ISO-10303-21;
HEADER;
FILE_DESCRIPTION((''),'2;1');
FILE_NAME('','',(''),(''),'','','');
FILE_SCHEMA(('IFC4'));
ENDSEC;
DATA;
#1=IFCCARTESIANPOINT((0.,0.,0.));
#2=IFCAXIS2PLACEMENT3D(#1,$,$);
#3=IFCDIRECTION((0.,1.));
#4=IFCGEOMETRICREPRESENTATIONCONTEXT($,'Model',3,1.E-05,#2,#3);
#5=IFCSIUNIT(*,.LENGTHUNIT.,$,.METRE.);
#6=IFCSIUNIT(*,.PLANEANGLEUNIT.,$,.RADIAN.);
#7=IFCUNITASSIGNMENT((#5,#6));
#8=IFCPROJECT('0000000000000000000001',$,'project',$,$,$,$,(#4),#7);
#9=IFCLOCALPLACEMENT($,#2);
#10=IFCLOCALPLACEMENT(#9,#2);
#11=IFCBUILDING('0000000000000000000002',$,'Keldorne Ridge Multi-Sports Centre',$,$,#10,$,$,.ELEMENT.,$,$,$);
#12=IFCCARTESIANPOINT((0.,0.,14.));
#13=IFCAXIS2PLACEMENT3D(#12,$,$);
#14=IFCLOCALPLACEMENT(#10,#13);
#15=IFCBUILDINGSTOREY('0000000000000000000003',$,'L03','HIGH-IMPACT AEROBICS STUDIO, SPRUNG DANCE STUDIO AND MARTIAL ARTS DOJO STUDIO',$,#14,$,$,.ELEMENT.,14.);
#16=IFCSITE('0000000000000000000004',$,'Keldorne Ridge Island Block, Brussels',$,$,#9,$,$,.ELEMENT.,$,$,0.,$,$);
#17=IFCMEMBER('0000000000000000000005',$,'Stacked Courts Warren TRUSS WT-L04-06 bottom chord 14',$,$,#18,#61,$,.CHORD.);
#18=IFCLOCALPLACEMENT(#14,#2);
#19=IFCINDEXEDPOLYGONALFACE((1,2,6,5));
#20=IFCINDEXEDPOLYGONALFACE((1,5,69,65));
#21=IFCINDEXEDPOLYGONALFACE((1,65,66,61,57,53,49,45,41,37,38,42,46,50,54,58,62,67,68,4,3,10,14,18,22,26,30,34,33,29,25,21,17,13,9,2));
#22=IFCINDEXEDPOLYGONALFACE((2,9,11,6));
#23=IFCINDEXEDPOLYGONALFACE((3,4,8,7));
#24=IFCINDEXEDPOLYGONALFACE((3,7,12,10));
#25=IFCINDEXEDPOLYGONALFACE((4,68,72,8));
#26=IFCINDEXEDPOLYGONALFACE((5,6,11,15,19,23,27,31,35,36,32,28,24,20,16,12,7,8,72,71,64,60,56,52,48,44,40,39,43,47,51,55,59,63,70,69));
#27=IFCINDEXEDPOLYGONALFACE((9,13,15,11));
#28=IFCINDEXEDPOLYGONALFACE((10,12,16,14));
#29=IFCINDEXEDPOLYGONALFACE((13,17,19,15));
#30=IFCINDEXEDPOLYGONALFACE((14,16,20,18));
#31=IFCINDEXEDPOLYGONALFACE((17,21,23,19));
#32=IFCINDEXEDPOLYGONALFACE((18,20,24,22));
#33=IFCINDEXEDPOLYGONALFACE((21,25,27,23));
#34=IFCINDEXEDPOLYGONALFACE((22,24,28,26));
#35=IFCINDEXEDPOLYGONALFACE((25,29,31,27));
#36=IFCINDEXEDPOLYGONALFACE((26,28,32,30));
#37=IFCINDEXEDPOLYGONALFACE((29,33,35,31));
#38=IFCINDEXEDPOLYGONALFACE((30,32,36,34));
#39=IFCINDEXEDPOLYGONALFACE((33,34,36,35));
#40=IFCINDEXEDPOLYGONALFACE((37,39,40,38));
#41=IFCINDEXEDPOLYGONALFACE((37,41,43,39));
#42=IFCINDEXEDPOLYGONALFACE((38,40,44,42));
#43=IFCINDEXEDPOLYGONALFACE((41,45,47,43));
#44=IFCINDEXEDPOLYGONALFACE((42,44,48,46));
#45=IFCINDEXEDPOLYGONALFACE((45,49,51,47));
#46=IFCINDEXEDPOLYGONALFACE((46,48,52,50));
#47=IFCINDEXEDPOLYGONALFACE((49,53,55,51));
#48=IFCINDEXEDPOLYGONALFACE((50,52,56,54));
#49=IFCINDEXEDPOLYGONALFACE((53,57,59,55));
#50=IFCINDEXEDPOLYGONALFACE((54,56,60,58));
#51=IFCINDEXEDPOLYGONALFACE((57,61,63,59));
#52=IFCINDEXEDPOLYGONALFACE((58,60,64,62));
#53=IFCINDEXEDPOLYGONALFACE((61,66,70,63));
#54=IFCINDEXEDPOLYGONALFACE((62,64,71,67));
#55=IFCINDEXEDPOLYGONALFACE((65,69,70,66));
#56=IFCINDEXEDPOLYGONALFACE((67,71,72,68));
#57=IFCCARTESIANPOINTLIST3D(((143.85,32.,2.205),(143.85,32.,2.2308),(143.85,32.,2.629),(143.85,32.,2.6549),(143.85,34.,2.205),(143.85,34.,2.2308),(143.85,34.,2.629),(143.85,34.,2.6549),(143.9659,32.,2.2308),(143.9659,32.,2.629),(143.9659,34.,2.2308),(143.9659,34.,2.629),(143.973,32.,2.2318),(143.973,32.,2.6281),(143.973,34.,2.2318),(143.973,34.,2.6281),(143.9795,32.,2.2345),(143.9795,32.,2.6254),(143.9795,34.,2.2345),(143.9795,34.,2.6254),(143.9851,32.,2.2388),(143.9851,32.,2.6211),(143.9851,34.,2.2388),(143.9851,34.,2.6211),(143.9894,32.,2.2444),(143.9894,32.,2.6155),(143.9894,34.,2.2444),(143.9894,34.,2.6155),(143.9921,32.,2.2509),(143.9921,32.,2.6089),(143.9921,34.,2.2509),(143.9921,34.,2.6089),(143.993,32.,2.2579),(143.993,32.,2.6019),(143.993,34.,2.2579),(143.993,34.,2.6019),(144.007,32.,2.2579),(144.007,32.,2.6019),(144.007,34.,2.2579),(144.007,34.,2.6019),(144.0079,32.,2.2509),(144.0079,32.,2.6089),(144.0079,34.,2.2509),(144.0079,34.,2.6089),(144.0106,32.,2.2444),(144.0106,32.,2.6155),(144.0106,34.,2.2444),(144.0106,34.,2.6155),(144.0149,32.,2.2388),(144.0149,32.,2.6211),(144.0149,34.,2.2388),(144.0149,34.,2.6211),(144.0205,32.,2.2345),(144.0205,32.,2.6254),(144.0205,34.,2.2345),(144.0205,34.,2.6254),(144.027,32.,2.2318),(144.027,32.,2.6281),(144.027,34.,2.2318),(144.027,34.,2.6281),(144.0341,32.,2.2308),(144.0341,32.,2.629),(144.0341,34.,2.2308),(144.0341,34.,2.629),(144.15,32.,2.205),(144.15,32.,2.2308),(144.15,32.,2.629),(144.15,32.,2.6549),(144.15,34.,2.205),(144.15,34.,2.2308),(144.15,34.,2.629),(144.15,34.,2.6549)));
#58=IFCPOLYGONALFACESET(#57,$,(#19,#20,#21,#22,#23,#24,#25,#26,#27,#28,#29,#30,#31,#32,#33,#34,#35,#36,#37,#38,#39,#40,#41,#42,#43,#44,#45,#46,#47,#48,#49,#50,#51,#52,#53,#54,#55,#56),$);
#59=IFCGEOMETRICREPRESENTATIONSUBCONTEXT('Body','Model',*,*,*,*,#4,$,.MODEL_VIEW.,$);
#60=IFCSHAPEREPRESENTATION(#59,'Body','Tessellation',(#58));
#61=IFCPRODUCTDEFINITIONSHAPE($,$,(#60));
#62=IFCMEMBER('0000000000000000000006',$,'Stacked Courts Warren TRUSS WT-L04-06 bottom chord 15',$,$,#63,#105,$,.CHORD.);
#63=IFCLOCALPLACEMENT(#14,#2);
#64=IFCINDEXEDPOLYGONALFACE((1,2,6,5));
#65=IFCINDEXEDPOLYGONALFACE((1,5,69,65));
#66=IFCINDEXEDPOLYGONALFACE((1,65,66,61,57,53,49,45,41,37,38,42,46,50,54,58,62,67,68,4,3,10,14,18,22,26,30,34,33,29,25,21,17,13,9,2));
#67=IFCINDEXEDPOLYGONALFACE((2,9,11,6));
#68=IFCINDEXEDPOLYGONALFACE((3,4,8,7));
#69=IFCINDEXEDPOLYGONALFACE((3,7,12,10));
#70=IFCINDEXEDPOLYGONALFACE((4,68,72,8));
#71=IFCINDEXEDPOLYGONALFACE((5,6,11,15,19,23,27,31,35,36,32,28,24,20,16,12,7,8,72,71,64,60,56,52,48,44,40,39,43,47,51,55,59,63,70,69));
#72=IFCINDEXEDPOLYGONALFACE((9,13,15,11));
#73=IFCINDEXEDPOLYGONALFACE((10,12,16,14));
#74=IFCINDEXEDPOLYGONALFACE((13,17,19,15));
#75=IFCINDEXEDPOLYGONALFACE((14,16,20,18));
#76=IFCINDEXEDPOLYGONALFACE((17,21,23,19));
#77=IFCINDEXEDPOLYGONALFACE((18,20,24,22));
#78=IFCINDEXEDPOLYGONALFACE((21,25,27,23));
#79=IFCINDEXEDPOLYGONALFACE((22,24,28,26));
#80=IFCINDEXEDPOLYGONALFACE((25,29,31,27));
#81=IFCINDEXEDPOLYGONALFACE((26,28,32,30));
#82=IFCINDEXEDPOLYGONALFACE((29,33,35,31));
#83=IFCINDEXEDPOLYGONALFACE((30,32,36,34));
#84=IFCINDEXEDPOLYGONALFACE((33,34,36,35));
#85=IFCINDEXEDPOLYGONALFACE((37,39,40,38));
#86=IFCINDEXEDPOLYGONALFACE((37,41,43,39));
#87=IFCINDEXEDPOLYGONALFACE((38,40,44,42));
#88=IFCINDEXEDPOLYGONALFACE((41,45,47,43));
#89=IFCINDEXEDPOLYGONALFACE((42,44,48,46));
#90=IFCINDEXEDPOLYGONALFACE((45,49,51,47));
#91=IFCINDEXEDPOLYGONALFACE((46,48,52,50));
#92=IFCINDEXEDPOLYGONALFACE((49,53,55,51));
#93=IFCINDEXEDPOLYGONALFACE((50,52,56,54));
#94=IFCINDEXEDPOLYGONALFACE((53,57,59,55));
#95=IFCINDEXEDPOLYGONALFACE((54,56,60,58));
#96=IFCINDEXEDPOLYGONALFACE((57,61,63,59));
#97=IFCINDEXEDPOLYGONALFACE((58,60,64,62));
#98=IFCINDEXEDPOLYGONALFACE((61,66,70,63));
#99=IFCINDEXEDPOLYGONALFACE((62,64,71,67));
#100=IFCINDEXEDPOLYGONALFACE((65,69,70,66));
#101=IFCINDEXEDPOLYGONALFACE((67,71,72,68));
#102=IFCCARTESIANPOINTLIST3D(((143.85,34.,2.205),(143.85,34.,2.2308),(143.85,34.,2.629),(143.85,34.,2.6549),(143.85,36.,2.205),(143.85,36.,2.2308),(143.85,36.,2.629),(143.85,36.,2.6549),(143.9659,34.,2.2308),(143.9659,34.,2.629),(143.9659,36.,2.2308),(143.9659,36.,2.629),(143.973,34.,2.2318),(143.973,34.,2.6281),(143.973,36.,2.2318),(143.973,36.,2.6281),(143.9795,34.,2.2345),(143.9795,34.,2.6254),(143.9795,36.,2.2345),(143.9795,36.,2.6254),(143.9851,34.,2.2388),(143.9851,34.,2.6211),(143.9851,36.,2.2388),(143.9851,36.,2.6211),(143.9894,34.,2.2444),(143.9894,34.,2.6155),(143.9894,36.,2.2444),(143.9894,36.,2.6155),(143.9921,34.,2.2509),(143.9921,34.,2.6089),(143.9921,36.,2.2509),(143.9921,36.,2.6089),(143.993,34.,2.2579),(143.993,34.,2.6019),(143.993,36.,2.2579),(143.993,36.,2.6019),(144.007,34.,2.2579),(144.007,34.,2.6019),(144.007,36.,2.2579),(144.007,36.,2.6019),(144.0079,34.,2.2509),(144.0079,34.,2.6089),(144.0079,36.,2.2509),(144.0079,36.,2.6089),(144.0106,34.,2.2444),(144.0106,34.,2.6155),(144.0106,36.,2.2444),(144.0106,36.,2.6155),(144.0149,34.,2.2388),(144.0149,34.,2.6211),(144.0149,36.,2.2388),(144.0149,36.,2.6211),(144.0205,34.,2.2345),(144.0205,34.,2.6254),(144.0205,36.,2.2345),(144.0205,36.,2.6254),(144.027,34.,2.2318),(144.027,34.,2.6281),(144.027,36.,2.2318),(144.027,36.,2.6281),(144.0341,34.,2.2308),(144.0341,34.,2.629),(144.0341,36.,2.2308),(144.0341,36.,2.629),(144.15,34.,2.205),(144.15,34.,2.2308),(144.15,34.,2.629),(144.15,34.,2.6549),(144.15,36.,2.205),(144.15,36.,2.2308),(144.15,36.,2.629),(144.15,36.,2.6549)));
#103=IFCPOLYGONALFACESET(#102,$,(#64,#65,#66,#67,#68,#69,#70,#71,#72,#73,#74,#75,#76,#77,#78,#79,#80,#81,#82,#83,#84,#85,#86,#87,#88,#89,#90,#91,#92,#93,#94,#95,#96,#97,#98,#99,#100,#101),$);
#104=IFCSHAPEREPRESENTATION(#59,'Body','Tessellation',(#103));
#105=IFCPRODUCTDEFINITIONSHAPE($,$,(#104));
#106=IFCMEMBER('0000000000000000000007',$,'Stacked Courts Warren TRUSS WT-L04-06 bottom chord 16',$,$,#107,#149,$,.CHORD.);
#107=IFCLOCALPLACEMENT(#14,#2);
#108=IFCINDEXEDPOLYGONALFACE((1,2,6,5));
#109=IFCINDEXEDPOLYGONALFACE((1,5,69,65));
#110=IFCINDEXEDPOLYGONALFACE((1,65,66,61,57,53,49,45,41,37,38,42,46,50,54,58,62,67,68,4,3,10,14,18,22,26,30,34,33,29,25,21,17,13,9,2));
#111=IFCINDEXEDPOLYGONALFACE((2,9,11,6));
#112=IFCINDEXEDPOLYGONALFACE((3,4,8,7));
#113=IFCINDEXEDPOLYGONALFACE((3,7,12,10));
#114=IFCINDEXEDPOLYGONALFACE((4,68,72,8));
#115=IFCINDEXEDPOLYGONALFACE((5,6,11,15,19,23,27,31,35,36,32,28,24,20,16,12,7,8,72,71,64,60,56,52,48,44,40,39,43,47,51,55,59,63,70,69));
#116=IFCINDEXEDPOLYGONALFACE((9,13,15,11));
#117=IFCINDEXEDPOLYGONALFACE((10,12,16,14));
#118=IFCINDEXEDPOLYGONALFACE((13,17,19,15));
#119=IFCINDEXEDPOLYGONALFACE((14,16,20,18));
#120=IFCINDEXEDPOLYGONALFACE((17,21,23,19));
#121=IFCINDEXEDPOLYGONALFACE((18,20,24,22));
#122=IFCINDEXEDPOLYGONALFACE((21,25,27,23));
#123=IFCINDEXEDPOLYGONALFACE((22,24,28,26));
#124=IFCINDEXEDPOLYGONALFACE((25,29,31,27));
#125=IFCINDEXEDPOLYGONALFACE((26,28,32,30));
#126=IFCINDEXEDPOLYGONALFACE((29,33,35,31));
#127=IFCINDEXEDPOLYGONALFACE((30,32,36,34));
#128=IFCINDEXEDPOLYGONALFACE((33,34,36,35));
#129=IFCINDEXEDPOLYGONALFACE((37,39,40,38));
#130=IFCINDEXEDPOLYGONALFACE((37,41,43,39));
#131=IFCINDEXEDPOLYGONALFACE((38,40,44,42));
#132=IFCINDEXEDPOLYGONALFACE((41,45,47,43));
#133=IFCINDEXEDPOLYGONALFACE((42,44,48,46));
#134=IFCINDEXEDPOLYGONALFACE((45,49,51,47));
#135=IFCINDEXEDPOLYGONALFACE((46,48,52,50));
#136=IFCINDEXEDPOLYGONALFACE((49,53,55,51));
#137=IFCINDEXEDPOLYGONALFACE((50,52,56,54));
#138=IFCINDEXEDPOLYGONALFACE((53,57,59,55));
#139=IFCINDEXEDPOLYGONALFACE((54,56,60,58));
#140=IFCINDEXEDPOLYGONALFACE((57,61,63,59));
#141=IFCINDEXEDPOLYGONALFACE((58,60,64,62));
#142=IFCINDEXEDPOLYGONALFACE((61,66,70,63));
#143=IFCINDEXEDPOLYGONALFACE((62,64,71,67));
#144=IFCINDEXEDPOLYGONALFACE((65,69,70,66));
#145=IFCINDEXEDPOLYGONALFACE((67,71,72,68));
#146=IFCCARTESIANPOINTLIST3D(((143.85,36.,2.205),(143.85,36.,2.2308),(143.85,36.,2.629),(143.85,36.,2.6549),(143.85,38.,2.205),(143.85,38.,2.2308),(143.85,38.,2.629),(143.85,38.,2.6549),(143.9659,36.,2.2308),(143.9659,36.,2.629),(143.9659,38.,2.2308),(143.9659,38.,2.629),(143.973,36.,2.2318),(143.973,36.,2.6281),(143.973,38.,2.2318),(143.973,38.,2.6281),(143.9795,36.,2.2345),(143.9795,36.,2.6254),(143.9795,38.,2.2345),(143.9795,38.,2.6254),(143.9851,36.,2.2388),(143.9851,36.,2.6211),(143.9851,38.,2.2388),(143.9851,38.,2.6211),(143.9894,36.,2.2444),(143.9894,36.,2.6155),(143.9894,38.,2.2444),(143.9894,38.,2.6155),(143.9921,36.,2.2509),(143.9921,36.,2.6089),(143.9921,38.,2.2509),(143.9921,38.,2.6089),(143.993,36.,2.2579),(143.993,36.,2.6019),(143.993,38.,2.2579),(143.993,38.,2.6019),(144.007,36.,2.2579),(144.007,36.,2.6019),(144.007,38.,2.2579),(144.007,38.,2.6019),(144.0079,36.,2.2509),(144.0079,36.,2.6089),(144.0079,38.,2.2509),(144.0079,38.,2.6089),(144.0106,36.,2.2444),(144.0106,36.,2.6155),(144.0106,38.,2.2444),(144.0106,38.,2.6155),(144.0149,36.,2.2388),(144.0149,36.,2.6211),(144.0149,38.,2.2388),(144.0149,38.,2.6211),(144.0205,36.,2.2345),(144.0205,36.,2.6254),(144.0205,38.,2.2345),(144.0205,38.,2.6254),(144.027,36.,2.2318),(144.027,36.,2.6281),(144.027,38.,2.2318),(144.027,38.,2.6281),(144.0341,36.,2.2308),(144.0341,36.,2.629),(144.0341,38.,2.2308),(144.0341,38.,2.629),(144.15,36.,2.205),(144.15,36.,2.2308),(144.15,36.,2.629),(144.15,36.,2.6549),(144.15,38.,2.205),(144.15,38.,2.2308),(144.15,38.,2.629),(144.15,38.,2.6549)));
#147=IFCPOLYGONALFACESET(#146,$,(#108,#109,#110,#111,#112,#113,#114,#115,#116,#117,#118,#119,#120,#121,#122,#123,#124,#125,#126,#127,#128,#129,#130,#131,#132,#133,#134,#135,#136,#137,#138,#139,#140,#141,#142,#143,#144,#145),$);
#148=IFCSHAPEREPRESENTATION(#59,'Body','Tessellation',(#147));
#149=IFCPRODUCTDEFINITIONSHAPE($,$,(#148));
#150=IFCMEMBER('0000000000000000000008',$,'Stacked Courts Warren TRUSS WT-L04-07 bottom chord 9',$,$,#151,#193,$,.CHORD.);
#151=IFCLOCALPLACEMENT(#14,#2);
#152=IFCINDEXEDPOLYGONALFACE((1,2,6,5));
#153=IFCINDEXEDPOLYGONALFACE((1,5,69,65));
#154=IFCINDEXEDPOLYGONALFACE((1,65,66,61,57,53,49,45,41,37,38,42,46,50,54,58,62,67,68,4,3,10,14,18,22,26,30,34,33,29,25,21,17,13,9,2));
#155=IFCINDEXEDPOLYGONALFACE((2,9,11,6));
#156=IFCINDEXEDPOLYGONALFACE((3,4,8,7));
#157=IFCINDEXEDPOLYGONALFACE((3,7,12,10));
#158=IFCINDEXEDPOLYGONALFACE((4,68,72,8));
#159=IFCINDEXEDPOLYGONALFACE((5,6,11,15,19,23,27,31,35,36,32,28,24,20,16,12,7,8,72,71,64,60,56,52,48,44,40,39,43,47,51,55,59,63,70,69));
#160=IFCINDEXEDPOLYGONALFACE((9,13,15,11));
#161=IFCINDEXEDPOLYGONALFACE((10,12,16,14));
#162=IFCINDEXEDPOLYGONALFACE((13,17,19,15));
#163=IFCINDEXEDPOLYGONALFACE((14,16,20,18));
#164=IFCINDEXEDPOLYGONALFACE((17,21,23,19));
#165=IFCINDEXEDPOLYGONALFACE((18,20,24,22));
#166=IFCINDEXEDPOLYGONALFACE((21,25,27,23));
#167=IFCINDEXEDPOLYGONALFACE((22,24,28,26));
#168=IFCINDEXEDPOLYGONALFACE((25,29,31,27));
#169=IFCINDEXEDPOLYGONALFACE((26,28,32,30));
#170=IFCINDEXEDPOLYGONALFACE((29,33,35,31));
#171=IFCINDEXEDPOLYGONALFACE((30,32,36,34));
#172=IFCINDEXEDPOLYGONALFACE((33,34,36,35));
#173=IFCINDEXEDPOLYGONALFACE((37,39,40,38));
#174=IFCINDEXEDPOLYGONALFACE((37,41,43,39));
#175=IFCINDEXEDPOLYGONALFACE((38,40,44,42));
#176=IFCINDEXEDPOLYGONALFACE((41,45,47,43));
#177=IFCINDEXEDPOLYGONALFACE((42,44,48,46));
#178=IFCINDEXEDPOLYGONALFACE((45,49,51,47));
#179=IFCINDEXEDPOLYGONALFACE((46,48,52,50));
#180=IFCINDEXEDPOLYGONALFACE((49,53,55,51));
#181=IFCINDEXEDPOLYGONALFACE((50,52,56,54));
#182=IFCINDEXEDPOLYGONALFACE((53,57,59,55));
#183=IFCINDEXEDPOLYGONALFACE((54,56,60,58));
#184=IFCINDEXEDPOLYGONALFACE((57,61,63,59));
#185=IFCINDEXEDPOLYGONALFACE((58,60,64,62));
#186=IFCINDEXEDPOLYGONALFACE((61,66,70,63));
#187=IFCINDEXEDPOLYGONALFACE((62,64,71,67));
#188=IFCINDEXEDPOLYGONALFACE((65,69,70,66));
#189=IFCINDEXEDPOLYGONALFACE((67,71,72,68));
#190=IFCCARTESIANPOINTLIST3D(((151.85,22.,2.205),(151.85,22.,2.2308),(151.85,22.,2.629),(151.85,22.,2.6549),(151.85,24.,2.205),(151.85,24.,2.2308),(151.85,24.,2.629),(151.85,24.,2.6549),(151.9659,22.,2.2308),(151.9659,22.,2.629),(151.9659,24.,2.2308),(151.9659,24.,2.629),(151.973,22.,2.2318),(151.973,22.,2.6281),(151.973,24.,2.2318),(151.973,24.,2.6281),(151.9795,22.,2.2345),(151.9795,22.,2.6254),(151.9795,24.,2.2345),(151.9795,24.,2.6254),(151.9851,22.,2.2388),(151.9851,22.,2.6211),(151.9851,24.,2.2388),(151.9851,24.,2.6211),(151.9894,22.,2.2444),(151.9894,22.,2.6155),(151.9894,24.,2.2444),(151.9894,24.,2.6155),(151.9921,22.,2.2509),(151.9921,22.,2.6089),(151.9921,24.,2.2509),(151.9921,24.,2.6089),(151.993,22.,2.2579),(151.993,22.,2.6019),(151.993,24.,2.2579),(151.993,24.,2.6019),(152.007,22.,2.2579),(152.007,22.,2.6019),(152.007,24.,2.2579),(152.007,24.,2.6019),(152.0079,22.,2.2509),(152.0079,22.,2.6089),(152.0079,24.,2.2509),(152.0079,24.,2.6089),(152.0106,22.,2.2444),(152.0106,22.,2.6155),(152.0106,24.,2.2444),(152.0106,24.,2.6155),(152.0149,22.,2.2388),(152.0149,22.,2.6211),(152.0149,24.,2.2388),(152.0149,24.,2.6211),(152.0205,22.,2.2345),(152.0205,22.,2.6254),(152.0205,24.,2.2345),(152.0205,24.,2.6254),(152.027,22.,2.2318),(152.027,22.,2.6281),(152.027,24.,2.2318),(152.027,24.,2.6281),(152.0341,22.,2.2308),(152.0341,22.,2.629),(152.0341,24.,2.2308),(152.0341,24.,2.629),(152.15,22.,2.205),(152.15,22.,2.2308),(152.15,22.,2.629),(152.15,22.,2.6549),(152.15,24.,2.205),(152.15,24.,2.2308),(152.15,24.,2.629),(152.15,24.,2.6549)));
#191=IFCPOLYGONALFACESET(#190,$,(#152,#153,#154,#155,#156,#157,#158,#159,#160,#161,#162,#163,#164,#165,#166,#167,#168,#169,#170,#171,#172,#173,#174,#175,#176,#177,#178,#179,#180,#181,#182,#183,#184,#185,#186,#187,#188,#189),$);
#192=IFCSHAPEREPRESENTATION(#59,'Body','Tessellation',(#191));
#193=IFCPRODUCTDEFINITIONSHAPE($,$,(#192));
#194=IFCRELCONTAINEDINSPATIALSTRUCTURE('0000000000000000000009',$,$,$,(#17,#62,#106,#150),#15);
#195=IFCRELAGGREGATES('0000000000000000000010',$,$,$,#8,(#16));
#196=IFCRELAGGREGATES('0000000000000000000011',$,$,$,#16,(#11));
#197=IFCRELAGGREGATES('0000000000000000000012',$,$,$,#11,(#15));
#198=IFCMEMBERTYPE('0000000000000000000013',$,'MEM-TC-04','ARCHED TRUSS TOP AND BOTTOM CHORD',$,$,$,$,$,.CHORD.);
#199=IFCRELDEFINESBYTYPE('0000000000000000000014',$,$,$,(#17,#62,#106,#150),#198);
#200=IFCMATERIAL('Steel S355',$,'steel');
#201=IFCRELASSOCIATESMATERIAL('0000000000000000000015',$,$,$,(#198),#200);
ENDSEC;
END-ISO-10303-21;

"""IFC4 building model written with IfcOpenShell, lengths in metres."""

from ifc_helpers import new_model, si_unit, direction, frame, origin, origin_2d, place, context, subcontext, project, spatial, i_section, extrude, material, material_profile, profile_set, type_object, element, save


model = new_model("IFC4")

# Units and contexts
model_context = context("Model", 3, precision=1e-05, world=origin(), true_north=direction((0.0, 1.0)))
body_context = subcontext(model_context, "Body", "Model", "MODEL_VIEW")
ifc_project = project(units=[si_unit("LENGTHUNIT", "METRE"), si_unit("PLANEANGLEUNIT", "RADIAN")], contexts=[model_context])

# Site, building, storey
site_placement = place(None, origin())
site = spatial("IfcSite", under=ifc_project, at=site_placement, Name="Keldorne Ridge Island Block, Brussels", CompositionType="ELEMENT", RefElevation=0.0)
building_placement = place(site_placement, origin())
building = spatial("IfcBuilding", under=site, at=building_placement, Name="Keldorne Ridge Multi-Sports Centre", CompositionType="ELEMENT")
storey_placement = place(building_placement, frame((0.0, 0.0, 14.0)))
storey = spatial("IfcBuildingStorey", under=building, at=storey_placement, Name="L03", Description="HIGH-IMPACT AEROBICS STUDIO, SPRUNG DANCE STUDIO AND MARTIAL ARTS DOJO STUDIO", CompositionType="ELEMENT", Elevation=14.0)

# Members
ifc_material = material(Name="Steel S355", Category="steel")
ifc_material_profile_1 = material_profile(ifc_material, i_section(OverallWidth=0.3, OverallDepth=0.45, WebThickness=0.0139, FlangeThickness=0.0259, FilletRadius=0.0271, at=origin_2d()), Name="HEB 450")
ifc_profile_set_1 = profile_set([ifc_material_profile_1], Name="Steel S355")
member_type_1 = type_object("IfcMemberType", Name="MEM-TC-04", Description="ARCHED TRUSS TOP AND BOTTOM CHORD", PredefinedType="CHORD", material=ifc_profile_set_1)
for number, where, z_axis, x_axis, name in (
    (1, (144.0, 32.0, 2.4299), (0.0, 1.0, 0.0), (-1.0, 0.0, 0.0), "Stacked Courts Warren TRUSS WT-L04-06 bottom chord 14"),
    (2, (144.0, 34.0, 2.4299), (0.0, 1.0, 0.0), (-1.0, 0.0, 0.0), "Stacked Courts Warren TRUSS WT-L04-06 bottom chord 15"),
    (3, (144.0, 36.0, 2.4299), (0.0, 1.0, 0.0), (-1.0, 0.0, 0.0), "Stacked Courts Warren TRUSS WT-L04-06 bottom chord 16"),
    (4, (152.0, 22.0, 2.4299), (0.0, 1.0, 0.0), (-1.0, 0.0, 0.0), "Stacked Courts Warren TRUSS WT-L04-07 bottom chord 9"),
):
    element("IfcMember", number, at=place(storey_placement, frame(where, z_axis=z_axis, x_axis=x_axis)), inside=storey, type_object=member_type_1, Name=name, PredefinedType="CHORD", context=body_context, shape_type="SweptSolid", body=[
        extrude(i_section(OverallWidth=0.3, OverallDepth=0.45, WebThickness=0.0139, FlangeThickness=0.0259, FilletRadius=0.0271, at=origin_2d()), origin(), (0.0, 0.0, 1.0), 2.0),
    ])

save(model, "model.ifc")
